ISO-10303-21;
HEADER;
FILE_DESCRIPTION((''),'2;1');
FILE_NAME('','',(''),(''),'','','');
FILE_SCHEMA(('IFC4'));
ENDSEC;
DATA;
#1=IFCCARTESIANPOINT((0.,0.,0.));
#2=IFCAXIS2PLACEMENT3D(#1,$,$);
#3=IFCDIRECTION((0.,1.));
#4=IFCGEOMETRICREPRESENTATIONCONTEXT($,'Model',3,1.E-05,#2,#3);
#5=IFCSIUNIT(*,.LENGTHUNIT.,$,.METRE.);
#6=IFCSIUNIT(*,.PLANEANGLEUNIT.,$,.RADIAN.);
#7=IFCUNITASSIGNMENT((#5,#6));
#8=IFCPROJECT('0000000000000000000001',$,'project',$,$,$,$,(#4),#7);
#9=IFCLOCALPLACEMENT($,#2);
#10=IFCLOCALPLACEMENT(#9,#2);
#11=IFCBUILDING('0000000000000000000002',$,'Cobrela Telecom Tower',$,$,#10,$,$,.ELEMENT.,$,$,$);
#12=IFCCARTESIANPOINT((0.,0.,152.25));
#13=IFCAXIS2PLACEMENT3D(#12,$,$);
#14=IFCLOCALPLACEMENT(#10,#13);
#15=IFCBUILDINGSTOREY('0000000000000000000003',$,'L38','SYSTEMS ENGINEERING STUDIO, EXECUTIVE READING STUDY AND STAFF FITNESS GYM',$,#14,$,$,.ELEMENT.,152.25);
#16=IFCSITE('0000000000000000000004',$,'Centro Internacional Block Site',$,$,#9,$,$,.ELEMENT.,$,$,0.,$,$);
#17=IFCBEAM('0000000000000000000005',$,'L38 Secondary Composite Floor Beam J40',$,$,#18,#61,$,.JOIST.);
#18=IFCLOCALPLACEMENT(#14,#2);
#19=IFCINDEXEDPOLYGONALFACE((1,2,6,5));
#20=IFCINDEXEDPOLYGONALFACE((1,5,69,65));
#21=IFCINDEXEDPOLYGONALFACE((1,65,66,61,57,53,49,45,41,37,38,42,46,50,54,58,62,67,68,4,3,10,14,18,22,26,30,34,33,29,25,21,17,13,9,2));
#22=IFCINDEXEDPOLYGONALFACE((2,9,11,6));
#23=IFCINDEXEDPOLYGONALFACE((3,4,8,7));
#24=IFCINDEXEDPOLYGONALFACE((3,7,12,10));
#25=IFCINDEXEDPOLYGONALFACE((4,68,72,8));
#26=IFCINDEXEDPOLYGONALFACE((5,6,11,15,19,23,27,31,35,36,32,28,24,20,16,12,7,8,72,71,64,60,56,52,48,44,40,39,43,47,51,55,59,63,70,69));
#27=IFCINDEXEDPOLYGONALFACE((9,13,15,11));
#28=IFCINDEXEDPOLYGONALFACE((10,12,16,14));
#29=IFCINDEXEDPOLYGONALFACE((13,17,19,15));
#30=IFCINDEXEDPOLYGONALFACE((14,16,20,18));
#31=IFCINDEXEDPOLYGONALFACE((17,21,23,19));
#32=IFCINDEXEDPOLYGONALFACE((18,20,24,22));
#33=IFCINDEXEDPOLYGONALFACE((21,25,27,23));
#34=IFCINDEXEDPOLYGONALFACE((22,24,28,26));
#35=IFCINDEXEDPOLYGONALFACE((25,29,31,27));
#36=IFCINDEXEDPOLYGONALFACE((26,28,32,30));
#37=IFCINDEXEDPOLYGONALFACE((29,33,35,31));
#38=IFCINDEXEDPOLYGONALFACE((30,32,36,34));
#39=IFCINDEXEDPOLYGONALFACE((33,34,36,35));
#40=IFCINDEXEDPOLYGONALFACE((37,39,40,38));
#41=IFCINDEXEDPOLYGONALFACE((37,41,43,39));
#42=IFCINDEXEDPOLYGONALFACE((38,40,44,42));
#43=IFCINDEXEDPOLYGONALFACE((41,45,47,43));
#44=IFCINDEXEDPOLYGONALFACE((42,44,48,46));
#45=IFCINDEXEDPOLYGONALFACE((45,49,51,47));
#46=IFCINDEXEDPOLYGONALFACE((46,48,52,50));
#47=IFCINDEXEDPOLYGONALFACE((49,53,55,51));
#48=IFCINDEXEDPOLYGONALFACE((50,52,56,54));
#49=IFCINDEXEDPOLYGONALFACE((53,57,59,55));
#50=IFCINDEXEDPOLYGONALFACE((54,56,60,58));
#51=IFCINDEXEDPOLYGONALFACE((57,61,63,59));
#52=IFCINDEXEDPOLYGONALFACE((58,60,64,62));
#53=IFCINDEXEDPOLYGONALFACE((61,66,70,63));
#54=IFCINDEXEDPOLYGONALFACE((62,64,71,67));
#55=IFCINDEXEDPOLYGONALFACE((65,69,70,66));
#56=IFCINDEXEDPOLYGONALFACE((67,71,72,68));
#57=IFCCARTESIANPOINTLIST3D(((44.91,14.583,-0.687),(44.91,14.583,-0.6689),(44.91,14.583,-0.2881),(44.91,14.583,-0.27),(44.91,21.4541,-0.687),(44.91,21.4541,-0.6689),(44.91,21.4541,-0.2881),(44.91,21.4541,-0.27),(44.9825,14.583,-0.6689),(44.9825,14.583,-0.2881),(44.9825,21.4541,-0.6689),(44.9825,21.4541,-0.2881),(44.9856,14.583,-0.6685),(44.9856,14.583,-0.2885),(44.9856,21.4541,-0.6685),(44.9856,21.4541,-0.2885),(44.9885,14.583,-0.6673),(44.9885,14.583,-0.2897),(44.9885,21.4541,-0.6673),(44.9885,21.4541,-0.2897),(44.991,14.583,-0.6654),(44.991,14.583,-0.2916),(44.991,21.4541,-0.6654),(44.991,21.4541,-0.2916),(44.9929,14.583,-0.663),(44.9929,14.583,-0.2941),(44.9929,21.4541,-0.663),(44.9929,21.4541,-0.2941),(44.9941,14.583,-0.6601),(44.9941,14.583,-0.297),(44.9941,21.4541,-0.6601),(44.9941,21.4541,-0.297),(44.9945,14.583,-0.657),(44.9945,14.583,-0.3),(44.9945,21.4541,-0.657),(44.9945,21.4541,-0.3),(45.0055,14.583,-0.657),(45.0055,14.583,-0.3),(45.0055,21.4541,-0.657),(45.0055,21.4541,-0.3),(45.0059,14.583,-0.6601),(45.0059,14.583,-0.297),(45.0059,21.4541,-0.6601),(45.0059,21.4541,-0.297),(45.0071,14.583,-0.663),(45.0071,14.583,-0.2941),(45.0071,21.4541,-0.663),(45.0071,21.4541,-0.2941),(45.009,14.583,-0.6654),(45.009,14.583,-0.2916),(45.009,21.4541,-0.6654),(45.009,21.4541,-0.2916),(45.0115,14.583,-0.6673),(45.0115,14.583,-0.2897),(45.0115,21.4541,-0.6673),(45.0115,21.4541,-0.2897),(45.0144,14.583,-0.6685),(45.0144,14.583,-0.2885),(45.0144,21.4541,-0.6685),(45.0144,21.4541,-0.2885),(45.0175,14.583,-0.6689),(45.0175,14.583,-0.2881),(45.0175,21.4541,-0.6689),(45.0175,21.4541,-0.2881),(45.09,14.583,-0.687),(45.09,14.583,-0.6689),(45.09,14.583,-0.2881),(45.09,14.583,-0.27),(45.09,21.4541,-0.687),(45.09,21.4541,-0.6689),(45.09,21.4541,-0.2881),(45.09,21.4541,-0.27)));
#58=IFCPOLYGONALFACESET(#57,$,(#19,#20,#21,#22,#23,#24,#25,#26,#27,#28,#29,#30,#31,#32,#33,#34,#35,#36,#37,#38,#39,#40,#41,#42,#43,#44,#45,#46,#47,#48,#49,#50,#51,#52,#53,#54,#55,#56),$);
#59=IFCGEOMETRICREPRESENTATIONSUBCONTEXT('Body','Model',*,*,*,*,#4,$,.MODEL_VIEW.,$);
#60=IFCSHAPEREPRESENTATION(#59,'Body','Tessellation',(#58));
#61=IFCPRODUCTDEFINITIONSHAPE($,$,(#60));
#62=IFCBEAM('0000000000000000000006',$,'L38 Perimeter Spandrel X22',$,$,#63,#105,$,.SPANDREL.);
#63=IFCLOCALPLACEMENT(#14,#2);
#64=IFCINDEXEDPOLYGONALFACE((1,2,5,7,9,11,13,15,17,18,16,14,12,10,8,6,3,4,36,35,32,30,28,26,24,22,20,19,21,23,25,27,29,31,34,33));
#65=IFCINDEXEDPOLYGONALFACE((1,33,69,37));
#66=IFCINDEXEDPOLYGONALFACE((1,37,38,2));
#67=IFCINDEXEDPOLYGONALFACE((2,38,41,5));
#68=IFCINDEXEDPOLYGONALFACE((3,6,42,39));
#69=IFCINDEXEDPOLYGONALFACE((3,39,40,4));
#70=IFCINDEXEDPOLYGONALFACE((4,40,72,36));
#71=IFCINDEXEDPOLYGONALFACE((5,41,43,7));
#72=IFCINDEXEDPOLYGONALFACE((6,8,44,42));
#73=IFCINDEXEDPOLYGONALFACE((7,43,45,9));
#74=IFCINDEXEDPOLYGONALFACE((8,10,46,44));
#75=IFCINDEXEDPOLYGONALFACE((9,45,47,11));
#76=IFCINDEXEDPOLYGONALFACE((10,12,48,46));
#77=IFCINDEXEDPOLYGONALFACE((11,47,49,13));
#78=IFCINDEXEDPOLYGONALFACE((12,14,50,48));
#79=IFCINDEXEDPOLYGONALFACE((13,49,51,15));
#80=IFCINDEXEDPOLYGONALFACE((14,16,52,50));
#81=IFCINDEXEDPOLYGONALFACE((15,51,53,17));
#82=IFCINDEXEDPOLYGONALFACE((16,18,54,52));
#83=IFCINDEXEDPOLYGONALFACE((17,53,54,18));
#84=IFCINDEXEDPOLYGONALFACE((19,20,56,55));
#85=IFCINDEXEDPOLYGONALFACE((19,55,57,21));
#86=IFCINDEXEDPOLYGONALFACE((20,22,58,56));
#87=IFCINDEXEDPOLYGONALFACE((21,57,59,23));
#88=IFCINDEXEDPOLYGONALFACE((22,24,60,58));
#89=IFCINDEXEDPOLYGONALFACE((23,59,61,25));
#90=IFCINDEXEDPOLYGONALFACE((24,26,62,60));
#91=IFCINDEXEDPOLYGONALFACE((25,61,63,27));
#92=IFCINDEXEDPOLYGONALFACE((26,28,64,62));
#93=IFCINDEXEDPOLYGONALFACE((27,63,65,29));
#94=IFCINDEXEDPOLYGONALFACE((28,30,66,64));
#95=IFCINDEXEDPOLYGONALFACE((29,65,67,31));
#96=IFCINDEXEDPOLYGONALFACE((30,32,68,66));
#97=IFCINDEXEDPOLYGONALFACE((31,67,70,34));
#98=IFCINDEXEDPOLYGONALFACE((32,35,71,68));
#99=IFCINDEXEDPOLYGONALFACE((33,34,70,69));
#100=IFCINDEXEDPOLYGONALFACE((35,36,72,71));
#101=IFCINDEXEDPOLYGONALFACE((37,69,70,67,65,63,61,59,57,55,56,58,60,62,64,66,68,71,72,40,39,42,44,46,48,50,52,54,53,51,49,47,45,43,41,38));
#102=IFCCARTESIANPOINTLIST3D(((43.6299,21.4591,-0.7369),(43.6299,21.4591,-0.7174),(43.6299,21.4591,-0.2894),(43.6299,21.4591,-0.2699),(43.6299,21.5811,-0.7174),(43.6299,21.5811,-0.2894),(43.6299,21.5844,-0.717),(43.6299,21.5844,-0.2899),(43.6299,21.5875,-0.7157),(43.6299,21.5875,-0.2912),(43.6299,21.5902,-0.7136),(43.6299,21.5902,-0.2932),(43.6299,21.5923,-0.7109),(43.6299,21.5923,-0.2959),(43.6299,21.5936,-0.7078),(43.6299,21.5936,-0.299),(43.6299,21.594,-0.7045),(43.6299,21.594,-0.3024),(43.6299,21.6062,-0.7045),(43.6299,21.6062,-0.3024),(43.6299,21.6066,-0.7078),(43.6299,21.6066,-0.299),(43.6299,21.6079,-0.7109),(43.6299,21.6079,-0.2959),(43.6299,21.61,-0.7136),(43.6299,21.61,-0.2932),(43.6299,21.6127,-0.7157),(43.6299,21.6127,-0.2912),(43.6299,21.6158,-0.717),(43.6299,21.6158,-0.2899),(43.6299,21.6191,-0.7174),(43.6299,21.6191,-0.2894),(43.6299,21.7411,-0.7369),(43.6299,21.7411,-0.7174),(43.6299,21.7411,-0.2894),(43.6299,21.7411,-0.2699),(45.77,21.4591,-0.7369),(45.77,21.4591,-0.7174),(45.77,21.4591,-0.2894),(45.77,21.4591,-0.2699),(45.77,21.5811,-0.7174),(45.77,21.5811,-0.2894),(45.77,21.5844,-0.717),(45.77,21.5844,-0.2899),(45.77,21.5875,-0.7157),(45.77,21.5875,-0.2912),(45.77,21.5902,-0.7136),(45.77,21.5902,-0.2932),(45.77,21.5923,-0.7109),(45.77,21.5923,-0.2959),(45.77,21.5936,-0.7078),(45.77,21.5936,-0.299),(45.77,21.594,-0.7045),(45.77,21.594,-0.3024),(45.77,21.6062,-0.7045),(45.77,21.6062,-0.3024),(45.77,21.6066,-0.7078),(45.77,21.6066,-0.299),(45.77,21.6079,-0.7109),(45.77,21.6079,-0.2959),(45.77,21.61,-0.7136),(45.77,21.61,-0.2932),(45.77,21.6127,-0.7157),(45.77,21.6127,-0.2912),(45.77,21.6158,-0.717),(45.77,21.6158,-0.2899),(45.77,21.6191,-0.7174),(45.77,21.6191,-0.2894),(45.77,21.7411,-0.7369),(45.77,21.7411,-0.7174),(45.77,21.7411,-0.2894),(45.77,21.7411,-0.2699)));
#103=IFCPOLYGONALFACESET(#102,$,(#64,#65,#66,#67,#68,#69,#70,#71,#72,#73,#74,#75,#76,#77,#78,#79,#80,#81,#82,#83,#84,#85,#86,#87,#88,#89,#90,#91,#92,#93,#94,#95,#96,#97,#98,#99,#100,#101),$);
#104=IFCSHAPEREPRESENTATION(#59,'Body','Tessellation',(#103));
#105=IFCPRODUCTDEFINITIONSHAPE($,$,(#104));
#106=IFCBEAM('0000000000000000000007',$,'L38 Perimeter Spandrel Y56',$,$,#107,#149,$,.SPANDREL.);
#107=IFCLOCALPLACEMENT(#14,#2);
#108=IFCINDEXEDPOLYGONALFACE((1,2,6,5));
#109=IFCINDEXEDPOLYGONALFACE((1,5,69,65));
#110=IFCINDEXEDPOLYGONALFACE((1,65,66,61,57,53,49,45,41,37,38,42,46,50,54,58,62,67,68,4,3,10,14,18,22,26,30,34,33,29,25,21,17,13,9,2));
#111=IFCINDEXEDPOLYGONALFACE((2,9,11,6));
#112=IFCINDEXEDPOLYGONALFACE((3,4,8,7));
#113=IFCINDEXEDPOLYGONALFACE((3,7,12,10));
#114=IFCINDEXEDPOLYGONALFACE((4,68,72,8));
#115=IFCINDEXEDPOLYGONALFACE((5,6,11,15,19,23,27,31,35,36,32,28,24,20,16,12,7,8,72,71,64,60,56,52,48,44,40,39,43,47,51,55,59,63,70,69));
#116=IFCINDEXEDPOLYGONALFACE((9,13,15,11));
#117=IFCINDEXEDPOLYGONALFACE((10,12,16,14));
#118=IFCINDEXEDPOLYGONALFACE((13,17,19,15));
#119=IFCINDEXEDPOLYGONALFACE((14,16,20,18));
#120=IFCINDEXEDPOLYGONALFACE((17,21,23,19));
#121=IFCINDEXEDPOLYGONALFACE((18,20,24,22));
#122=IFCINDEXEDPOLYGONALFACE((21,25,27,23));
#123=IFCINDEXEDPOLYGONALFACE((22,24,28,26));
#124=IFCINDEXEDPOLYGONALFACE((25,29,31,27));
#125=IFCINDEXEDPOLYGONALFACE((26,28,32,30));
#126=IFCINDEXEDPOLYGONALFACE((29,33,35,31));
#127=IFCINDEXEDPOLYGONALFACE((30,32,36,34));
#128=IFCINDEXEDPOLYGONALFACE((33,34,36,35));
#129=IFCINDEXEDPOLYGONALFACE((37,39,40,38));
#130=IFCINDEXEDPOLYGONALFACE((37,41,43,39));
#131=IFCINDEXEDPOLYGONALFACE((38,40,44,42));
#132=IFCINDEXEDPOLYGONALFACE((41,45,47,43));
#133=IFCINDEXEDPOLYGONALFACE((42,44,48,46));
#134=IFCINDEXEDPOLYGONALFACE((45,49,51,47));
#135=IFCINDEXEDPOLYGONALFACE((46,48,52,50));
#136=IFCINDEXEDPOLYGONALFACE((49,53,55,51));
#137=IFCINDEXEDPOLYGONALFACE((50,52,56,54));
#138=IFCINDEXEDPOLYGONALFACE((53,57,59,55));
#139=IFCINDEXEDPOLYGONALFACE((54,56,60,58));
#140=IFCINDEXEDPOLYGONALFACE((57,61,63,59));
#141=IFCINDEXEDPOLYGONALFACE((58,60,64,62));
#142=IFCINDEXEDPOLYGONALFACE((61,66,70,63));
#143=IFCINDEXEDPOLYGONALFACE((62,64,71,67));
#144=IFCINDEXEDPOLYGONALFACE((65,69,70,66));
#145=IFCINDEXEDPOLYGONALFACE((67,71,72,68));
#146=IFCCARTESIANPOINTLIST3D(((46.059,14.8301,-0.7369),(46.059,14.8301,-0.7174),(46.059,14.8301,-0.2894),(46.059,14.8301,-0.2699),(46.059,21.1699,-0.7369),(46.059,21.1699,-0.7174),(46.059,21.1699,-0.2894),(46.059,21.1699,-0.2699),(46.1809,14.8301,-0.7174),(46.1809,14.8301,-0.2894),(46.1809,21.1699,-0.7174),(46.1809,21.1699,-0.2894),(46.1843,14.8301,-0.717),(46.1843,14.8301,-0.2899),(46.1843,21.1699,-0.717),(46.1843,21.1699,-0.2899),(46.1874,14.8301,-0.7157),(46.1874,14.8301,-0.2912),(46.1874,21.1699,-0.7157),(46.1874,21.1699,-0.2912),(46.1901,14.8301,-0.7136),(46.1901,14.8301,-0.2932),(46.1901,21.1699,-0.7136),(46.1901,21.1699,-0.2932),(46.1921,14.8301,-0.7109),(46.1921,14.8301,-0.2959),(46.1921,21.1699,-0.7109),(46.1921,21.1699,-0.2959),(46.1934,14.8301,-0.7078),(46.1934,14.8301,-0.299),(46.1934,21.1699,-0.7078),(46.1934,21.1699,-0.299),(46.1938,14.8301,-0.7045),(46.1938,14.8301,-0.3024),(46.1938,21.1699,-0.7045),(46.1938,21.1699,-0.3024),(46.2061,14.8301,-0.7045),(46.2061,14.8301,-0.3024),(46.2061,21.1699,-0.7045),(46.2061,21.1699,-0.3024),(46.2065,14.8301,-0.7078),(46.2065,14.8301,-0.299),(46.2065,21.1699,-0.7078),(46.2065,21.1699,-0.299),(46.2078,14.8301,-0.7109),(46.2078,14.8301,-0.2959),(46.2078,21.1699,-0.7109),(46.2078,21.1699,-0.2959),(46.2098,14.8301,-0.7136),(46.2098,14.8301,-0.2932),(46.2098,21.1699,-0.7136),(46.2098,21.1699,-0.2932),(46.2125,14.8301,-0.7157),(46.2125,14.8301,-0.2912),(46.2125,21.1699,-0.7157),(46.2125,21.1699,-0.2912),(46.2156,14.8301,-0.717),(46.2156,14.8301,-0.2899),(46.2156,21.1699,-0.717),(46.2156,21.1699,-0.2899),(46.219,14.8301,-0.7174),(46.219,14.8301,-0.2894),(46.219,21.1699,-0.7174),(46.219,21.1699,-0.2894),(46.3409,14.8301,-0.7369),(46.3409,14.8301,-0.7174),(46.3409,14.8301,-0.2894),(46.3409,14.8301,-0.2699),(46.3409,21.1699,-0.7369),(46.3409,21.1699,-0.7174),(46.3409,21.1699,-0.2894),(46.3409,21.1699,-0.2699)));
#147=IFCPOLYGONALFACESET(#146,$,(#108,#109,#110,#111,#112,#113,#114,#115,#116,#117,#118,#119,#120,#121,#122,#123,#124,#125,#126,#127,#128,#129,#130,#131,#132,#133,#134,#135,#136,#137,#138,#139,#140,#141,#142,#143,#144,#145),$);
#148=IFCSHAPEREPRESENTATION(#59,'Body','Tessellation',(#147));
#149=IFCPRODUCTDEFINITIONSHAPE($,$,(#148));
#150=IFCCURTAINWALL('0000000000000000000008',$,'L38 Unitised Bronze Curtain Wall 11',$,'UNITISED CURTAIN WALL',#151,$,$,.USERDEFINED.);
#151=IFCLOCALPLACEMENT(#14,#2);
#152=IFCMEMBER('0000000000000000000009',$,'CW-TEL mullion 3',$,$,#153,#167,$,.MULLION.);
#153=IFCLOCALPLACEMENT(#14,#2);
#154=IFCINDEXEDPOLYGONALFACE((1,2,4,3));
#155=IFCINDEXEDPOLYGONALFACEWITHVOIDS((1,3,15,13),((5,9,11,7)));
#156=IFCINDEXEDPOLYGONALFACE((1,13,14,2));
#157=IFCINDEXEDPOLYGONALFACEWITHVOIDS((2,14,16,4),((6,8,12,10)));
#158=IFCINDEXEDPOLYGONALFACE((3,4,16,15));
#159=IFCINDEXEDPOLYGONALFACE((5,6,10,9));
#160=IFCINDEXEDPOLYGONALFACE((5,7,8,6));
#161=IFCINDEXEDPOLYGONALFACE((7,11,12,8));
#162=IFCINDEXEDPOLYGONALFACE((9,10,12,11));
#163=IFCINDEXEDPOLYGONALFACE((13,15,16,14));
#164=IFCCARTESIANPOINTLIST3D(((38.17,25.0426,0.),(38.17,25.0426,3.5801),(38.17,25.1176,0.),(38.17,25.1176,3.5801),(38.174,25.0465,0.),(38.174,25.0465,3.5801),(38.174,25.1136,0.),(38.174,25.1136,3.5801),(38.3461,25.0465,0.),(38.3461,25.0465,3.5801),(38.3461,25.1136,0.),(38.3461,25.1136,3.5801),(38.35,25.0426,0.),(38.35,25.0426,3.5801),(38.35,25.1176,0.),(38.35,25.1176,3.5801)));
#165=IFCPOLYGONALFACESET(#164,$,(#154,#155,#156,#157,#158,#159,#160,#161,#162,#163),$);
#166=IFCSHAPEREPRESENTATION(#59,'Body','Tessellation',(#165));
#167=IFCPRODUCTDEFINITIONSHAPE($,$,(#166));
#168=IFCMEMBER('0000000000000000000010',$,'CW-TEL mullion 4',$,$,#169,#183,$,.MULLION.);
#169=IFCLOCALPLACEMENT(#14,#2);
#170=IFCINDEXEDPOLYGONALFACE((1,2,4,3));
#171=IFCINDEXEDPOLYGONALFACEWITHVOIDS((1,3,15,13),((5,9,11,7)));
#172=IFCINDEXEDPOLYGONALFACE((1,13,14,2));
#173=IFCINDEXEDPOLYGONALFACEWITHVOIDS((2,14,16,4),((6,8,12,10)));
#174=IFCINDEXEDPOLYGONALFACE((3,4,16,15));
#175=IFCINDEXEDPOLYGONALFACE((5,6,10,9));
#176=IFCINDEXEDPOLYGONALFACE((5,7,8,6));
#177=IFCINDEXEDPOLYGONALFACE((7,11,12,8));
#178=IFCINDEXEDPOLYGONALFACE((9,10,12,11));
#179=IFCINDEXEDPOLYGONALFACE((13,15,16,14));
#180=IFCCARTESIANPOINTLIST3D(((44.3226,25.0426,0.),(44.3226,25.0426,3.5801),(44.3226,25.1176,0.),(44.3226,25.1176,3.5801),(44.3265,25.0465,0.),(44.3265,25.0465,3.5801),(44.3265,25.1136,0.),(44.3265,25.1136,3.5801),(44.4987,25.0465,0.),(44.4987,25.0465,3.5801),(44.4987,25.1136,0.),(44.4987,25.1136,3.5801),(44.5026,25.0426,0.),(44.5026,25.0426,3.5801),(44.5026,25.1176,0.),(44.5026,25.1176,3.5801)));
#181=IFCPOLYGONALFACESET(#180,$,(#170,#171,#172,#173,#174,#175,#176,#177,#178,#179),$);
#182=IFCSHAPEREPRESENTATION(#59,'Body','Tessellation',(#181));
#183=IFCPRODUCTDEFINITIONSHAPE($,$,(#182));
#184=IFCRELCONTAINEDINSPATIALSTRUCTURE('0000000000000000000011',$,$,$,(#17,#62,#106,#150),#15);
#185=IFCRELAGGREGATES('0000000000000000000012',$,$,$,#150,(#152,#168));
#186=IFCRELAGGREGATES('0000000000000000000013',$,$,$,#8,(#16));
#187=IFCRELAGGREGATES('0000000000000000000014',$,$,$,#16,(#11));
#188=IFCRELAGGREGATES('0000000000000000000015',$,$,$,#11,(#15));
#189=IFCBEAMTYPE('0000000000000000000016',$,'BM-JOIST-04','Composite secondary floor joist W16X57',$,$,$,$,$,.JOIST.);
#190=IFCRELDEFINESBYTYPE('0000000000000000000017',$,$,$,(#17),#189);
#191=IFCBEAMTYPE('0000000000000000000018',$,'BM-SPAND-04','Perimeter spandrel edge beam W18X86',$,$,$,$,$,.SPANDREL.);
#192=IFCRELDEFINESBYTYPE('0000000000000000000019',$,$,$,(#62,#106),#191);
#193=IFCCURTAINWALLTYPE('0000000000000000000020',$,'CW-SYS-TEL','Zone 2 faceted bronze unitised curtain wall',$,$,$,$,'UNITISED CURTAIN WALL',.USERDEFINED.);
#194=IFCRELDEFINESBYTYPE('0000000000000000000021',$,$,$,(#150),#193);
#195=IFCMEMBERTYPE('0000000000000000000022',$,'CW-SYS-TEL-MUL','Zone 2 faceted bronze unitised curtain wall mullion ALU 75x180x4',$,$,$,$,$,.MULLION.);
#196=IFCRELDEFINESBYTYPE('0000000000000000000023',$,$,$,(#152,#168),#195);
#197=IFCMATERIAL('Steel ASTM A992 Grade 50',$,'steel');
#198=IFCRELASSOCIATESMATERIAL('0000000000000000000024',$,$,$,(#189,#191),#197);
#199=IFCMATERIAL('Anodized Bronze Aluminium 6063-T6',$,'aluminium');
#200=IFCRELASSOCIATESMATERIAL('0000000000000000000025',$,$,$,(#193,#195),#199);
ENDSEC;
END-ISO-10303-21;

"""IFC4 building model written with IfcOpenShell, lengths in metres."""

from ifc_helpers import new_model, si_unit, direction, frame, origin, origin_2d, place, context, subcontext, project, spatial, hollow_rectangle, i_section, extrude, material, material_profile, profile_set, type_object, element, aggregate, save


model = new_model("IFC4")

# Units and contexts
model_context = context("Model", 3, precision=1e-05, world=origin(), true_north=direction((0.0, 1.0)))
body_context = subcontext(model_context, "Body", "Model", "MODEL_VIEW")
ifc_project = project(units=[si_unit("LENGTHUNIT", "METRE"), si_unit("PLANEANGLEUNIT", "RADIAN")], contexts=[model_context])

# Site, building, storey
site_placement = place(None, origin())
site = spatial("IfcSite", under=ifc_project, at=site_placement, Name="Centro Internacional Block Site", CompositionType="ELEMENT", RefElevation=0.0)
building_placement = place(site_placement, origin())
building = spatial("IfcBuilding", under=site, at=building_placement, Name="Cobrela Telecom Tower", CompositionType="ELEMENT")
storey_placement = place(building_placement, frame((0.0, 0.0, 152.25)))
storey = spatial("IfcBuildingStorey", under=building, at=storey_placement, Name="L38", Description="SYSTEMS ENGINEERING STUDIO, EXECUTIVE READING STUDY AND STAFF FITNESS GYM", CompositionType="ELEMENT", Elevation=152.25)

# Beams
ifc_material_1 = material(Name="Steel ASTM A992 Grade 50", Category="steel")
ifc_material_profile_1 = material_profile(ifc_material_1, i_section(OverallWidth=0.1799, OverallDepth=0.417, WebThickness=0.011, FlangeThickness=0.0181, FilletRadius=0.012, at=origin_2d()), Name="W16X57")
ifc_profile_set_1 = profile_set([ifc_material_profile_1], Name="Steel ASTM A992 Grade 50")
beam_type_1 = type_object("IfcBeamType", Name="BM-JOIST-04", Description="Composite secondary floor joist W16X57", PredefinedType="JOIST", material=ifc_profile_set_1)
beam_1_placement = place(storey_placement, frame((45.0, 14.583, -0.4785), z_axis=(0.0, 1.0, 0.0), x_axis=(-1.0, 0.0, 0.0)))
element("IfcBeam", 1, at=beam_1_placement, inside=storey, type_object=beam_type_1, Name="L38 Secondary Composite Floor Beam J40", PredefinedType="JOIST", context=body_context, shape_type="SweptSolid", body=[
    extrude(i_section(OverallWidth=0.1799, OverallDepth=0.417, WebThickness=0.011, FlangeThickness=0.0181, FilletRadius=0.012, at=origin_2d()), origin(), (0.0, 0.0, 1.0), 6.8711),
])
ifc_material_profile_2 = material_profile(ifc_material_1, i_section(OverallWidth=0.282, OverallDepth=0.467, WebThickness=0.0122, FlangeThickness=0.0195, FilletRadius=0.0129, at=origin_2d()), Name="W18X86")
ifc_profile_set_2 = profile_set([ifc_material_profile_2], Name="Steel ASTM A992 Grade 50")
beam_type_2 = type_object("IfcBeamType", Name="BM-SPAND-04", Description="Perimeter spandrel edge beam W18X86", PredefinedType="SPANDREL", material=ifc_profile_set_2)
beam_2_placement = place(storey_placement, frame((43.6299, 21.6001, -0.5034), z_axis=(1.0, 0.0, 0.0), x_axis=(0.0, 1.0, 0.0)))
element("IfcBeam", 2, at=beam_2_placement, inside=storey, type_object=beam_type_2, Name="L38 Perimeter Spandrel X22", PredefinedType="SPANDREL", context=body_context, shape_type="SweptSolid", body=[
    extrude(i_section(OverallWidth=0.282, OverallDepth=0.467, WebThickness=0.0122, FlangeThickness=0.0195, FilletRadius=0.0129, at=origin_2d()), origin(), (0.0, 0.0, 1.0), 2.1401),
])
beam_3_placement = place(storey_placement, frame((46.2, 14.8301, -0.5034), z_axis=(0.0, 1.0, 0.0), x_axis=(-1.0, 0.0, 0.0)))
element("IfcBeam", 3, at=beam_3_placement, inside=storey, type_object=beam_type_2, Name="L38 Perimeter Spandrel Y56", PredefinedType="SPANDREL", context=body_context, shape_type="SweptSolid", body=[
    extrude(i_section(OverallWidth=0.282, OverallDepth=0.467, WebThickness=0.0122, FlangeThickness=0.0195, FilletRadius=0.0129, at=origin_2d()), origin(), (0.0, 0.0, 1.0), 6.3398),
])

# Curtain wall, members
ifc_material_2 = material(Name="Anodized Bronze Aluminium 6063-T6", Category="aluminium")
curtain_wall_type = type_object("IfcCurtainWallType", Name="CW-SYS-TEL", Description="Zone 2 faceted bronze unitised curtain wall", ElementType="UNITISED CURTAIN WALL", PredefinedType="USERDEFINED", material=ifc_material_2)
curtain_wall_1_placement = place(storey_placement, origin())
curtain_wall_1 = element("IfcCurtainWall", 4, at=curtain_wall_1_placement, inside=storey, type_object=curtain_wall_type, Name="L38 Unitised Bronze Curtain Wall 11", ObjectType="UNITISED CURTAIN WALL", PredefinedType="USERDEFINED")
ifc_material_profile_3 = material_profile(ifc_material_2, hollow_rectangle(XDim=0.075, YDim=0.1799, WallThickness=0.0039, at=origin_2d()), Name="ALU 75x180x4")
ifc_profile_set_3 = profile_set([ifc_material_profile_3], Name="Anodized Bronze Aluminium 6063-T6")
member_type_1 = type_object("IfcMemberType", Name="CW-SYS-TEL-MUL", Description="Zone 2 faceted bronze unitised curtain wall mullion ALU 75x180x4", PredefinedType="MULLION", material=ifc_profile_set_3)
member_1_placement = place(storey_placement, frame((38.26, 25.0801, 0.0), z_axis=(0.0, 0.0, 1.0), x_axis=(0.0, 1.0, 0.0)))
member_1 = element("IfcMember", 5, at=member_1_placement, type_object=member_type_1, Name="CW-TEL mullion 3", PredefinedType="MULLION", context=body_context, shape_type="SweptSolid", body=[
    extrude(hollow_rectangle(XDim=0.075, YDim=0.1799, WallThickness=0.0039, at=origin_2d()), origin(), (0.0, 0.0, 1.0), 3.5801),
])
member_2_placement = place(storey_placement, frame((44.4126, 25.0801, 0.0), z_axis=(0.0, 0.0, 1.0), x_axis=(0.0, 1.0, 0.0)))
member_2 = element("IfcMember", 6, at=member_2_placement, type_object=member_type_1, Name="CW-TEL mullion 4", PredefinedType="MULLION", context=body_context, shape_type="SweptSolid", body=[
    extrude(hollow_rectangle(XDim=0.075, YDim=0.1799, WallThickness=0.0039, at=origin_2d()), origin(), (0.0, 0.0, 1.0), 3.5801),
])

aggregate(curtain_wall_1, [member_1, member_2])

save(model, "model.ifc")
